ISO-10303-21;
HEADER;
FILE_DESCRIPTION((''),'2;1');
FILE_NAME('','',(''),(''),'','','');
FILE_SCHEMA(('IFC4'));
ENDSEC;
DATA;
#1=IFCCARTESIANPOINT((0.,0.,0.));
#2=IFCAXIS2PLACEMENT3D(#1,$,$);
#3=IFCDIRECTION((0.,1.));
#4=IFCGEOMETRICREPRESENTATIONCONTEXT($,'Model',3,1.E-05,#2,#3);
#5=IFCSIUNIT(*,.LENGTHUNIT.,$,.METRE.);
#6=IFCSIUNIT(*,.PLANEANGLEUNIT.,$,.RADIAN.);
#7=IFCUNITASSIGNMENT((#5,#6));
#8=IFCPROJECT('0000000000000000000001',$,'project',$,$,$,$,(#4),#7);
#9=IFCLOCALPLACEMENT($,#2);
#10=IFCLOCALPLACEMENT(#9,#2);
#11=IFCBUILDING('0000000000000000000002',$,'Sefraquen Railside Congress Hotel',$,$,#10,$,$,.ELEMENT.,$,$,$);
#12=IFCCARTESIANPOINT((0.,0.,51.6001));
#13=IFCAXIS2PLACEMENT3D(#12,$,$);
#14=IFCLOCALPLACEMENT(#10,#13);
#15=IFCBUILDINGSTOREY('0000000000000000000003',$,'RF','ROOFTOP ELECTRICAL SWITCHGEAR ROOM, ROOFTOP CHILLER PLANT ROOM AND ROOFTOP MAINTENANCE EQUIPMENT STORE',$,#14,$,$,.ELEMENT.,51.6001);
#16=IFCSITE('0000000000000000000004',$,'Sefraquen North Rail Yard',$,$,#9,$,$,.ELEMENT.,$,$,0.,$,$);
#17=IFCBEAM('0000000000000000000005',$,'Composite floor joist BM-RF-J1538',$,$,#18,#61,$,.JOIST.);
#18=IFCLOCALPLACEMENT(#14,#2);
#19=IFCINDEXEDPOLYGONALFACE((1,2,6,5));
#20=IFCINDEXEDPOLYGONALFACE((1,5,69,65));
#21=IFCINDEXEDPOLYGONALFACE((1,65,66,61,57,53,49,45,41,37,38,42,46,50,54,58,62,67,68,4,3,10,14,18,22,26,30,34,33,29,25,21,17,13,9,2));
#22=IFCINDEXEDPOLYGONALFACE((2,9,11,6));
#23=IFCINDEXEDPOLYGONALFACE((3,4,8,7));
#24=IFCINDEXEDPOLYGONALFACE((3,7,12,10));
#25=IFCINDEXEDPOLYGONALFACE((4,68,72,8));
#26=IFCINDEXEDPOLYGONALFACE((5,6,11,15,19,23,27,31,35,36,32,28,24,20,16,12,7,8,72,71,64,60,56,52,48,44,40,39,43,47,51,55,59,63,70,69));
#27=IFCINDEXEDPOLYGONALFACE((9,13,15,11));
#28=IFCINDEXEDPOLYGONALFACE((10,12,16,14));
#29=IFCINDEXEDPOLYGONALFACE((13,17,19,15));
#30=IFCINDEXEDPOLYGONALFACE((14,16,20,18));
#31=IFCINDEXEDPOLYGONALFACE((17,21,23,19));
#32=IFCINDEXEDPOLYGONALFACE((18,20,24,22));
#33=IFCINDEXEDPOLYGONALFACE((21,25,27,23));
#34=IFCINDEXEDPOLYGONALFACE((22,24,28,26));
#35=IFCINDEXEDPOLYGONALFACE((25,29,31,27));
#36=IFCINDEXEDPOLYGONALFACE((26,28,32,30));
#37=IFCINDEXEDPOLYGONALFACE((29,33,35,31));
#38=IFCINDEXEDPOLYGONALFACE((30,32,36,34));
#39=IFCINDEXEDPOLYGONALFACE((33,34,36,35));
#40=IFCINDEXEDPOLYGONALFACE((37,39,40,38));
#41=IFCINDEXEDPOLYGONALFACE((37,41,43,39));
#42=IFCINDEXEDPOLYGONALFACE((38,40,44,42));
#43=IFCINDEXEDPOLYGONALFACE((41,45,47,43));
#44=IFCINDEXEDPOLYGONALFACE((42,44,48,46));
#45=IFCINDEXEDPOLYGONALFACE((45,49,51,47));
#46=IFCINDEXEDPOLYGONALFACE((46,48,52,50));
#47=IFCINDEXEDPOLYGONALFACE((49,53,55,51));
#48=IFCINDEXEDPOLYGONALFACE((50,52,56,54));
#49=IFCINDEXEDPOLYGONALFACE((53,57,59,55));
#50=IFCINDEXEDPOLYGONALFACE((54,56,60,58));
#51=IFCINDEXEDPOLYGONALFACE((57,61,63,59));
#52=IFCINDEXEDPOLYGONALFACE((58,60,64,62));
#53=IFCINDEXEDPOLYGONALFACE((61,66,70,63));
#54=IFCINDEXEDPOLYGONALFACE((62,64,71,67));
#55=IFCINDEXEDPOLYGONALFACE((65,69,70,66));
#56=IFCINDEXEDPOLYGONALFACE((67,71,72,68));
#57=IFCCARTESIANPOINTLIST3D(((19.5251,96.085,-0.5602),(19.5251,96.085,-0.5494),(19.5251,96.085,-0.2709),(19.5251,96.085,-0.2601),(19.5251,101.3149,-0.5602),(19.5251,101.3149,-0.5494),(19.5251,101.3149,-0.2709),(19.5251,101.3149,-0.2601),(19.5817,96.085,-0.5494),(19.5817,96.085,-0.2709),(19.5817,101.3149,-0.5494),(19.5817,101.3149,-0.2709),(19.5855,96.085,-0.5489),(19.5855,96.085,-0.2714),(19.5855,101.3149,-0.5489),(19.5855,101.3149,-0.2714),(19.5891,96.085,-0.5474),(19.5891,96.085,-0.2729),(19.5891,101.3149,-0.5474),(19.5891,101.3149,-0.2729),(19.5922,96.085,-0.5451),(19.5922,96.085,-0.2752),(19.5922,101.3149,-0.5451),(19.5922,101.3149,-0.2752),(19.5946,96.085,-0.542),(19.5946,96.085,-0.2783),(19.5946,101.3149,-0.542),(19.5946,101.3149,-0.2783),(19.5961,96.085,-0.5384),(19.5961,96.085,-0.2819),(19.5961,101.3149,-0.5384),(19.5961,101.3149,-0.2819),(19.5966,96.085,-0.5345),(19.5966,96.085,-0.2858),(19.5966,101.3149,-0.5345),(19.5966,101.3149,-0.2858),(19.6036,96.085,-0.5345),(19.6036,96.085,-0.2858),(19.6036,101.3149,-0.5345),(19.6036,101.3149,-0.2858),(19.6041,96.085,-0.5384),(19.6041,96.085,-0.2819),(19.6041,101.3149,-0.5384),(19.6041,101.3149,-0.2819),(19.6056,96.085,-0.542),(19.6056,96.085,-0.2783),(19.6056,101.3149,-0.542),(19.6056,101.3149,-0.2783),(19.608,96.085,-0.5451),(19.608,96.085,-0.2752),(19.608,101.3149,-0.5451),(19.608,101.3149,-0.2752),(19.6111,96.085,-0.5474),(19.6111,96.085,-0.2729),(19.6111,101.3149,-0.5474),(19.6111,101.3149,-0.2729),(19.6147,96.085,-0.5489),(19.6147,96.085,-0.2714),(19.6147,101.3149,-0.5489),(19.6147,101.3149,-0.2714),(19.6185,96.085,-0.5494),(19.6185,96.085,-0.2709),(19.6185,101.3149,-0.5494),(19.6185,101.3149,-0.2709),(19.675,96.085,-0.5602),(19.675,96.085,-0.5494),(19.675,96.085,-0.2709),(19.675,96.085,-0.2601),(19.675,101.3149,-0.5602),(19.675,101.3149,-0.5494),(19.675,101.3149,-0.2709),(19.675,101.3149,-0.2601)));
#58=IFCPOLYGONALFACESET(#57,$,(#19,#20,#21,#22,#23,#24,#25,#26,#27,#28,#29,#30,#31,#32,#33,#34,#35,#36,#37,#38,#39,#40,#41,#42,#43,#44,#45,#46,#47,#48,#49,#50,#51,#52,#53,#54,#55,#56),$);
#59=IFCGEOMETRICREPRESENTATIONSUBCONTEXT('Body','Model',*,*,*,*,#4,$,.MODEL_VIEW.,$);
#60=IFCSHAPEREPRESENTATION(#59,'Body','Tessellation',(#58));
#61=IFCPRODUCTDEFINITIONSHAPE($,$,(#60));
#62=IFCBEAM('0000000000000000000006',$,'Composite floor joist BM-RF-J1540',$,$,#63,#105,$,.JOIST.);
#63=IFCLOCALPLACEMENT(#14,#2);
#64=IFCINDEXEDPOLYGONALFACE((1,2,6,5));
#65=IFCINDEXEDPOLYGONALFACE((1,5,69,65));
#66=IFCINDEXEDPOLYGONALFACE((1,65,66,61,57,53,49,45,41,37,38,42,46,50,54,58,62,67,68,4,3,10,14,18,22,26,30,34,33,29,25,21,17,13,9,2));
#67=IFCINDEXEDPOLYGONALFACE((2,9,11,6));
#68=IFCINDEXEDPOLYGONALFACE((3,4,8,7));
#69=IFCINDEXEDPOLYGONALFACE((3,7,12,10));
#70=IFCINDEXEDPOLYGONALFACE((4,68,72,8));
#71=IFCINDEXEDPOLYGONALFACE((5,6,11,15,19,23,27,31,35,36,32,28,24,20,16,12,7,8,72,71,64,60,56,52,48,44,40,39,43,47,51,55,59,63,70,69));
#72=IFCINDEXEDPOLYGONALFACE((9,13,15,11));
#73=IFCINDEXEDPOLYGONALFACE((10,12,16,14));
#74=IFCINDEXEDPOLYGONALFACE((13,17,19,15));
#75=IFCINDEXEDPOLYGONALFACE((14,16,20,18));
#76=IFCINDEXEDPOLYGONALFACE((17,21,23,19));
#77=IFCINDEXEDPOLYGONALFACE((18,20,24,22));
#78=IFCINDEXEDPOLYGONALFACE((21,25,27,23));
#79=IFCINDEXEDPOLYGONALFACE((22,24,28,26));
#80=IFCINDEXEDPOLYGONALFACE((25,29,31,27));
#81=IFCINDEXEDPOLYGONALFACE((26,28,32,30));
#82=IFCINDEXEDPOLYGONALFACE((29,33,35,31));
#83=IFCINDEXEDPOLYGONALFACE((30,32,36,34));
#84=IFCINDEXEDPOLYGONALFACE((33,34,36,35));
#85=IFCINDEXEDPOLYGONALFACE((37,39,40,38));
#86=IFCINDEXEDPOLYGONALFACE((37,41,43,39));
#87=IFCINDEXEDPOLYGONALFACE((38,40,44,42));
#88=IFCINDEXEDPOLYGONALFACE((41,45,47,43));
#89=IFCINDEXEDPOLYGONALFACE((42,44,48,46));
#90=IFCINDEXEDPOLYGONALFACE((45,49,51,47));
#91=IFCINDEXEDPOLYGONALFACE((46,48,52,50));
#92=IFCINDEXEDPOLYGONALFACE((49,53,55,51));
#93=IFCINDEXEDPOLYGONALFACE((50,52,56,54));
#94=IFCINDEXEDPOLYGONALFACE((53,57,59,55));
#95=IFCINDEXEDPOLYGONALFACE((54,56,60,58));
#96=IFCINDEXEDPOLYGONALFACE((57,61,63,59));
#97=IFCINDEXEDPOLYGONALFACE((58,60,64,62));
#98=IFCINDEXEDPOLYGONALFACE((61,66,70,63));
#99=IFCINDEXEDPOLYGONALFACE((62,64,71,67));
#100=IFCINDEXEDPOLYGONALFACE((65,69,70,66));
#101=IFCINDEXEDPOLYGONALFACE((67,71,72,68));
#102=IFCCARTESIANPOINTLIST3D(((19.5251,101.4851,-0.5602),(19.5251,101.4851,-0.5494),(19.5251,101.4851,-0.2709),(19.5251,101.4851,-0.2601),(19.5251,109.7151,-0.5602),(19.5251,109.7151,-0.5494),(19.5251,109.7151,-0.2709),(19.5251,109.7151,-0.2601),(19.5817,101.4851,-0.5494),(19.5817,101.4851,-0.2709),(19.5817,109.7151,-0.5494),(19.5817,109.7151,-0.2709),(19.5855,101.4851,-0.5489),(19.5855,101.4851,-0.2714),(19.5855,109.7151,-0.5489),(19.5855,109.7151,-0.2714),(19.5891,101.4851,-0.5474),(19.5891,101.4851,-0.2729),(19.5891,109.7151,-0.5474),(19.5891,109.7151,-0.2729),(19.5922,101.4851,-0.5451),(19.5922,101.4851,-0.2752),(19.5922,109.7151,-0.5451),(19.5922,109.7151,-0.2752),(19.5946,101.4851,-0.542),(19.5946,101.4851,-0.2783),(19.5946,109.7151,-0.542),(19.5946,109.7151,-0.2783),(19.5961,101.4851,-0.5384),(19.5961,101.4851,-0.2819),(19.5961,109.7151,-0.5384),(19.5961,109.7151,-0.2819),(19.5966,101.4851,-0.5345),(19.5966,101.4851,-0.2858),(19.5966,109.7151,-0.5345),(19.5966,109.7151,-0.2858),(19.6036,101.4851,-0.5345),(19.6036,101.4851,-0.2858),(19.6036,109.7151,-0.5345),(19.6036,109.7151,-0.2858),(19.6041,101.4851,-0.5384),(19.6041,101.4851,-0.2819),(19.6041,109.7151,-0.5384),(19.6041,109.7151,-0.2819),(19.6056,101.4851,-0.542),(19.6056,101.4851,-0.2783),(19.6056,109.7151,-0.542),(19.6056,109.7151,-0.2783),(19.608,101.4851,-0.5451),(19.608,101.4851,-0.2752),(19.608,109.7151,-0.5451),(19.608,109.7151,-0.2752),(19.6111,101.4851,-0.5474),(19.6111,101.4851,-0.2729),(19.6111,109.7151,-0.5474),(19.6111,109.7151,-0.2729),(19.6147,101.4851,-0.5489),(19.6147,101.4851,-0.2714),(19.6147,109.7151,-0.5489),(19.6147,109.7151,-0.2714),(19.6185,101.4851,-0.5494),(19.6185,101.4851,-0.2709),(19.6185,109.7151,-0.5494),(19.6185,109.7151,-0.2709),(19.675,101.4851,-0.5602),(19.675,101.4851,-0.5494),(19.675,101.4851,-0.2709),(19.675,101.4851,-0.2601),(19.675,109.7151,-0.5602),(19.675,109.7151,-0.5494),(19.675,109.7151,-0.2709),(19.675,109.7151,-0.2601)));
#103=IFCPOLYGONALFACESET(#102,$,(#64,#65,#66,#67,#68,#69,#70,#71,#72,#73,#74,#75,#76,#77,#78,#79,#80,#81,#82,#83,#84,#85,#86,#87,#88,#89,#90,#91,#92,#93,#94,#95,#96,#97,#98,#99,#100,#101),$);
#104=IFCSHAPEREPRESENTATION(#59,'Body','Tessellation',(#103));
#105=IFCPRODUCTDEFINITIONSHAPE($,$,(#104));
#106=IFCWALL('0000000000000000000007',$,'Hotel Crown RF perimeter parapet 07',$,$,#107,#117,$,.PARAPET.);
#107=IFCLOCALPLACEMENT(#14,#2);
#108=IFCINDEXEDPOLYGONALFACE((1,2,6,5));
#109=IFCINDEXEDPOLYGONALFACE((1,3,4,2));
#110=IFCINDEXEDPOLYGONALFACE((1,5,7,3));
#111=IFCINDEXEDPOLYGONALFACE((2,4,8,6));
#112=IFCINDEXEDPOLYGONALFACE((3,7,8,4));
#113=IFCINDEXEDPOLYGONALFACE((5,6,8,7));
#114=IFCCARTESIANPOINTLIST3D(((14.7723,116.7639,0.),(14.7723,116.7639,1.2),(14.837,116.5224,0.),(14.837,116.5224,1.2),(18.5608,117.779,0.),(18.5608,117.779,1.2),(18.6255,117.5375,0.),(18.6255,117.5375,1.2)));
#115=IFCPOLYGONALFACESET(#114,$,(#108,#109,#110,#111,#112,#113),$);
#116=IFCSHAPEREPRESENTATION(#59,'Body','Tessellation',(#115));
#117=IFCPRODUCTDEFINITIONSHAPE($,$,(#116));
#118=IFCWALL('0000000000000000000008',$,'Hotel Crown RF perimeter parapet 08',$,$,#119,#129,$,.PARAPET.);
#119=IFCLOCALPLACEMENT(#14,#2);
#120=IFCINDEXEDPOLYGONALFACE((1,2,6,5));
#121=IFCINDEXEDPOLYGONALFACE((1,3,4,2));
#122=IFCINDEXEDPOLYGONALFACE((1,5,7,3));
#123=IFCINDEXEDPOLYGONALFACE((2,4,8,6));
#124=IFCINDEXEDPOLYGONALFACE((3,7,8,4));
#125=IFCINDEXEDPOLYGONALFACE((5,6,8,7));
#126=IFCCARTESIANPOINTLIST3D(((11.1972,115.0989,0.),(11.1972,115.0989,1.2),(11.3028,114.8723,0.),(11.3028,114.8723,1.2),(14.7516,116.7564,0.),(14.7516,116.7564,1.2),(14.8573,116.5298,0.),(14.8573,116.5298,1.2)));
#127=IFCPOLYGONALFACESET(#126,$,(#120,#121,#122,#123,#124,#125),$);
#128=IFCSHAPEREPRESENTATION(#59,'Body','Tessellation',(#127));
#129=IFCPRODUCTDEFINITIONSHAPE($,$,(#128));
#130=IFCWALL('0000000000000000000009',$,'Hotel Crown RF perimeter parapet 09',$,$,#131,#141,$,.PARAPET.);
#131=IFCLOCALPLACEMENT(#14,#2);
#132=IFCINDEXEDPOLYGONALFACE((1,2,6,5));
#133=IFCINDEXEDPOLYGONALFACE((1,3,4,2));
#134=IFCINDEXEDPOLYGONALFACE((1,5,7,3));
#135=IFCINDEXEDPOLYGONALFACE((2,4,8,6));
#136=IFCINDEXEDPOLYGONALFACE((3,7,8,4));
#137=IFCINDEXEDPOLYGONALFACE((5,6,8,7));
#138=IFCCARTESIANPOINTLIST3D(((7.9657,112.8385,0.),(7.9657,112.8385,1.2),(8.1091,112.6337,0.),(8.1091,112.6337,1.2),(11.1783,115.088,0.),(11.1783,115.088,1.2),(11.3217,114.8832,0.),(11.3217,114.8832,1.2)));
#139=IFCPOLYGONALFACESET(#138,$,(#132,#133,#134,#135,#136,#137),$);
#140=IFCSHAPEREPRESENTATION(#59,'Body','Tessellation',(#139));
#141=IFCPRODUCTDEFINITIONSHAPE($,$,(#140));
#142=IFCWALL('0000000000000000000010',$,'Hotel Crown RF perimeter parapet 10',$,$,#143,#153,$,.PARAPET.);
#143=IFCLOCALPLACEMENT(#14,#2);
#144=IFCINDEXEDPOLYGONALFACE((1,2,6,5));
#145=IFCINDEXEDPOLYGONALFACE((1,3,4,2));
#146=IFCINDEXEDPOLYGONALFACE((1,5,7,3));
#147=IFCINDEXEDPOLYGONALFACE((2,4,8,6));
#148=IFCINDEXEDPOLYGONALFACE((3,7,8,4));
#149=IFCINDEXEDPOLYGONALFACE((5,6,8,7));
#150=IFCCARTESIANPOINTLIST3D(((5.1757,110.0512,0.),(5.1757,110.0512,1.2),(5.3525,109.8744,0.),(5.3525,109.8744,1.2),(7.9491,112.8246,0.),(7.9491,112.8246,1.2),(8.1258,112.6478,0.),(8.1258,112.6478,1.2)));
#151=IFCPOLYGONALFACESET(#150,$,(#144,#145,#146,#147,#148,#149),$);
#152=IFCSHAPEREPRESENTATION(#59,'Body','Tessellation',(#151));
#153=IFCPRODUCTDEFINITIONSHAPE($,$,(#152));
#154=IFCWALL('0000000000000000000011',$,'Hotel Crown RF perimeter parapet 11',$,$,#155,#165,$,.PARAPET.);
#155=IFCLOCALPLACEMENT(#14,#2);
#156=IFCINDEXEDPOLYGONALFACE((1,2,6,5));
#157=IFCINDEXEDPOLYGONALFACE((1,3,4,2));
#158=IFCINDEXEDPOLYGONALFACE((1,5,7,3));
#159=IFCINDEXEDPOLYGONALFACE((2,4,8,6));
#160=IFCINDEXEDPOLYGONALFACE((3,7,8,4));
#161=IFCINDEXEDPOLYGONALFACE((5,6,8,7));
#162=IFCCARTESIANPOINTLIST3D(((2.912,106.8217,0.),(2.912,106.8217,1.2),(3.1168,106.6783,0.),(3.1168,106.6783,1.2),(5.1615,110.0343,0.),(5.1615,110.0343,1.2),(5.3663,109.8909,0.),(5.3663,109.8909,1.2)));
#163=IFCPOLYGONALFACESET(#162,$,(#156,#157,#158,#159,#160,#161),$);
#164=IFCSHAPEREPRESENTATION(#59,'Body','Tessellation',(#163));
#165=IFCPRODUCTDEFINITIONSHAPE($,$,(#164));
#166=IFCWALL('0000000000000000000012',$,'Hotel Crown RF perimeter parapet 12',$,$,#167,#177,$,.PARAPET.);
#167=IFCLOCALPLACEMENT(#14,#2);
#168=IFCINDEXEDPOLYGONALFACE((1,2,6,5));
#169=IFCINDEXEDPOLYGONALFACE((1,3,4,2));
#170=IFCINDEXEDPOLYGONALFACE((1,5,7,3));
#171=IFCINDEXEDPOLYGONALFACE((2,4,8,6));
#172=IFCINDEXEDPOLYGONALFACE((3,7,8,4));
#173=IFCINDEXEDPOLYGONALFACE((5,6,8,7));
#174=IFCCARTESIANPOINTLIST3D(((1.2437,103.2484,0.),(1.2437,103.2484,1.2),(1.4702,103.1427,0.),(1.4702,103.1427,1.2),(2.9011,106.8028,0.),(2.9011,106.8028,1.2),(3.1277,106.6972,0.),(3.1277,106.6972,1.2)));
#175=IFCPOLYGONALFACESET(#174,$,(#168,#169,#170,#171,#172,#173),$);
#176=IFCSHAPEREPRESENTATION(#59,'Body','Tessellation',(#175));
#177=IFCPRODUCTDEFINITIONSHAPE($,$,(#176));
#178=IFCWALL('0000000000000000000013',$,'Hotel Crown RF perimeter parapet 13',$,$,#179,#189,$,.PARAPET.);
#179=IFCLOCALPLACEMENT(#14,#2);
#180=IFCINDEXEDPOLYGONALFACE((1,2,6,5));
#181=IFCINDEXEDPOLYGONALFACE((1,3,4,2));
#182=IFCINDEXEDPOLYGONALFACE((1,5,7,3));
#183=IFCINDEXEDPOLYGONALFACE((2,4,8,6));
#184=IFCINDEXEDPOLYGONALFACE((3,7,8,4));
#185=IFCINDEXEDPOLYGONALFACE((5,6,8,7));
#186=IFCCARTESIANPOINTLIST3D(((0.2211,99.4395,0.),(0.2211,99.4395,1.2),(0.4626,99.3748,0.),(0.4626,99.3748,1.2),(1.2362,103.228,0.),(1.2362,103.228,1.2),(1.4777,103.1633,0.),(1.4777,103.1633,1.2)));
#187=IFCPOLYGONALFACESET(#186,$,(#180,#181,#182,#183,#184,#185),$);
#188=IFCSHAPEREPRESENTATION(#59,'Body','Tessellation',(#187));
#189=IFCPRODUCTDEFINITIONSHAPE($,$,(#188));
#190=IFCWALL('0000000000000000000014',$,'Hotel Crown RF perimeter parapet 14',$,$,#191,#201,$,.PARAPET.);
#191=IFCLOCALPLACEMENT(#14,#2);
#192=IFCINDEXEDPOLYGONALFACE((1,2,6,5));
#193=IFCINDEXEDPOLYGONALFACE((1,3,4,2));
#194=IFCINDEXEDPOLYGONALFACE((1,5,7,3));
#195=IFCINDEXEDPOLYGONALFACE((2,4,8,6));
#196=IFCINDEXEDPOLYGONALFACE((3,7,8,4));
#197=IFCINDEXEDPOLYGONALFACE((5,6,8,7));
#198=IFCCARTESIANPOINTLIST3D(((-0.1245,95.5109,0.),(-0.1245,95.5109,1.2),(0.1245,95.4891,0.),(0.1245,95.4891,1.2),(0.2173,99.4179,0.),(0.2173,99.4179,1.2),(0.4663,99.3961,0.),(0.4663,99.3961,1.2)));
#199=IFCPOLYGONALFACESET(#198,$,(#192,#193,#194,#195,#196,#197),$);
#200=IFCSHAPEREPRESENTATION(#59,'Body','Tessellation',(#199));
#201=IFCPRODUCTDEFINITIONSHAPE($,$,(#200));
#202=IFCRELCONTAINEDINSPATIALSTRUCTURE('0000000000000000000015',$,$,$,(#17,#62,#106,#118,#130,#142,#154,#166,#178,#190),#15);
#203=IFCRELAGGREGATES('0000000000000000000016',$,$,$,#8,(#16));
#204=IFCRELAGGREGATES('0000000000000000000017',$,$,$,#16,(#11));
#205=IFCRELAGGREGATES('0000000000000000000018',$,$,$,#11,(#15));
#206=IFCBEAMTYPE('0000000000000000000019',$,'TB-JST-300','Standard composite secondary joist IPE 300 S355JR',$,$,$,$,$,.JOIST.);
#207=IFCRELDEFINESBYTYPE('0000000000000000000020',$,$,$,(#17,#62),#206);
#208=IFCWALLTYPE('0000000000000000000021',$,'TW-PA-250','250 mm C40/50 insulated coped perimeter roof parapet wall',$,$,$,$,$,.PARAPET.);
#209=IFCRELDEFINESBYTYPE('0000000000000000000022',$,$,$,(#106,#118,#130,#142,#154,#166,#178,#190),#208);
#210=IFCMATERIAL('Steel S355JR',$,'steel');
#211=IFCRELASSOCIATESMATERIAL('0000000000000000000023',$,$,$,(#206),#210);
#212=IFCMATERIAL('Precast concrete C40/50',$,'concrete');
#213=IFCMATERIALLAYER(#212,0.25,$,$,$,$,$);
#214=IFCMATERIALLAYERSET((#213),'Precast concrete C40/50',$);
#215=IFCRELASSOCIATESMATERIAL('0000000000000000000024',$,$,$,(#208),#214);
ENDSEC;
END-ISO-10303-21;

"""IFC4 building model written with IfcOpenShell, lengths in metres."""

from ifc_helpers import new_model, si_unit, direction, frame, frame_2d, origin, origin_2d, place, context, subcontext, project, spatial, rectangle, i_section, extrude, material, layer, layer_set, material_profile, profile_set, type_object, element, save


model = new_model("IFC4")

# Units and contexts
model_context = context("Model", 3, precision=1e-05, world=origin(), true_north=direction((0.0, 1.0)))
body_context = subcontext(model_context, "Body", "Model", "MODEL_VIEW")
ifc_project = project(units=[si_unit("LENGTHUNIT", "METRE"), si_unit("PLANEANGLEUNIT", "RADIAN")], contexts=[model_context])

# Site, building, storey
site_placement = place(None, origin())
site = spatial("IfcSite", under=ifc_project, at=site_placement, Name="Sefraquen North Rail Yard", CompositionType="ELEMENT", RefElevation=0.0)
building_placement = place(site_placement, origin())
building = spatial("IfcBuilding", under=site, at=building_placement, Name="Sefraquen Railside Congress Hotel", CompositionType="ELEMENT")
storey_placement = place(building_placement, frame((0.0, 0.0, 51.6001)))
storey = spatial("IfcBuildingStorey", under=building, at=storey_placement, Name="RF", Description="ROOFTOP ELECTRICAL SWITCHGEAR ROOM, ROOFTOP CHILLER PLANT ROOM AND ROOFTOP MAINTENANCE EQUIPMENT STORE", CompositionType="ELEMENT", Elevation=51.6001)

# Beams
ifc_material_1 = material(Name="Steel S355JR", Category="steel")
ifc_material_profile_1 = material_profile(ifc_material_1, i_section(OverallWidth=0.1499, OverallDepth=0.3, WebThickness=0.0071, FlangeThickness=0.0107, FilletRadius=0.0149, at=origin_2d()), Name="IPE 300")
ifc_profile_set_1 = profile_set([ifc_material_profile_1], Name="Steel S355JR")
beam_type_1 = type_object("IfcBeamType", Name="TB-JST-300", Description="Standard composite secondary joist IPE 300 S355JR", PredefinedType="JOIST", material=ifc_profile_set_1)
beam_1_placement = place(storey_placement, frame((19.6001, 96.085, -0.4102), z_axis=(0.0, 1.0, 0.0), x_axis=(-1.0, 0.0, 0.0)))
element("IfcBeam", 1, at=beam_1_placement, inside=storey, type_object=beam_type_1, Name="Composite floor joist BM-RF-J1538", PredefinedType="JOIST", context=body_context, shape_type="SweptSolid", body=[
    extrude(i_section(OverallWidth=0.1499, OverallDepth=0.3, WebThickness=0.0071, FlangeThickness=0.0107, FilletRadius=0.0149, at=origin_2d()), origin(), (0.0, 0.0, 1.0), 5.23),
])
beam_2_placement = place(storey_placement, frame((19.6001, 101.4851, -0.4102), z_axis=(0.0, 1.0, 0.0), x_axis=(-1.0, 0.0, 0.0)))
element("IfcBeam", 2, at=beam_2_placement, inside=storey, type_object=beam_type_1, Name="Composite floor joist BM-RF-J1540", PredefinedType="JOIST", context=body_context, shape_type="SweptSolid", body=[
    extrude(i_section(OverallWidth=0.1499, OverallDepth=0.3, WebThickness=0.0071, FlangeThickness=0.0107, FilletRadius=0.0149, at=origin_2d()), origin(), (0.0, 0.0, 1.0), 8.23),
])

# Walls
ifc_material_2 = material(Name="Precast concrete C40/50", Category="concrete")
ifc_layer = layer(ifc_material_2, 0.25)
ifc_layer_set = layer_set([ifc_layer], Name="Precast concrete C40/50")
wall_type = type_object("IfcWallType", Name="TW-PA-250", Description="250 mm C40/50 insulated coped perimeter roof parapet wall", PredefinedType="PARAPET", material=ifc_layer_set)
wall_1_placement = place(storey_placement, frame((18.593, 117.6582, 0.0), z_axis=(0.0, 0.0, 1.0), x_axis=(-0.965926, -0.258817, 0.0)))
element("IfcWall", 3, at=wall_1_placement, inside=storey, type_object=wall_type, Name="Hotel Crown RF perimeter parapet 07", PredefinedType="PARAPET", context=body_context, shape_type="SweptSolid", body=[
    extrude(rectangle(XDim=3.9221, YDim=0.25, at=frame_2d((1.9609, 0.0))), origin(), (0.0, 0.0, 1.0), 1.2),
])
for number, where, z_axis, x_axis, name in (
    (4, (14.8044, 116.6431, 0.0), (0.0, 0.0, 1.0), (-0.906307, -0.42262, 0.0), "Hotel Crown RF perimeter parapet 08"),
    (5, (11.25, 114.9856, 0.0), (0.0, 0.0, 1.0), (-0.819153, -0.573575, 0.0), "Hotel Crown RF perimeter parapet 09"),
):
    element("IfcWall", number, at=place(storey_placement, frame(where, z_axis=z_axis, x_axis=x_axis)), inside=storey, type_object=wall_type, Name=name, PredefinedType="PARAPET", context=body_context, shape_type="SweptSolid", body=[
        extrude(rectangle(XDim=3.9219, YDim=0.25, at=frame_2d((1.9609, 0.0))), origin(), (0.0, 0.0, 1.0), 1.2),
    ])
wall_2_placement = place(storey_placement, frame((8.0374, 112.7361, 0.0), z_axis=(0.0, 0.0, 1.0), x_axis=(-0.707107, -0.707107, 0.0)))
element("IfcWall", 6, at=wall_2_placement, inside=storey, type_object=wall_type, Name="Hotel Crown RF perimeter parapet 10", PredefinedType="PARAPET", context=body_context, shape_type="SweptSolid", body=[
    extrude(rectangle(XDim=3.9221, YDim=0.25, at=frame_2d((1.9609, 0.0))), origin(), (0.0, 0.0, 1.0), 1.2),
])
for number, where, z_axis, x_axis, name in (
    (7, (5.2639, 109.9626, 0.0), (0.0, 0.0, 1.0), (-0.573575, -0.819153, 0.0), "Hotel Crown RF perimeter parapet 11"),
    (8, (3.0144, 106.75, 0.0), (0.0, 0.0, 1.0), (-0.42262, -0.906307, 0.0), "Hotel Crown RF perimeter parapet 12"),
):
    element("IfcWall", number, at=place(storey_placement, frame(where, z_axis=z_axis, x_axis=x_axis)), inside=storey, type_object=wall_type, Name=name, PredefinedType="PARAPET", context=body_context, shape_type="SweptSolid", body=[
        extrude(rectangle(XDim=3.9219, YDim=0.25, at=frame_2d((1.9609, 0.0))), origin(), (0.0, 0.0, 1.0), 1.2),
    ])
wall_3_placement = place(storey_placement, frame((1.3569, 103.1956, 0.0), z_axis=(0.0, 0.0, 1.0), x_axis=(-0.258817, -0.965926, 0.0)))
element("IfcWall", 9, at=wall_3_placement, inside=storey, type_object=wall_type, Name="Hotel Crown RF perimeter parapet 13", PredefinedType="PARAPET", context=body_context, shape_type="SweptSolid", body=[
    extrude(rectangle(XDim=3.9221, YDim=0.25, at=frame_2d((1.9609, 0.0))), origin(), (0.0, 0.0, 1.0), 1.2),
])
wall_4_placement = place(storey_placement, frame((0.3418, 99.407, 0.0), z_axis=(0.0, 0.0, 1.0), x_axis=(-0.087151, -0.996195, 0.0)))
element("IfcWall", 10, at=wall_4_placement, inside=storey, type_object=wall_type, Name="Hotel Crown RF perimeter parapet 14", PredefinedType="PARAPET", context=body_context, shape_type="SweptSolid", body=[
    extrude(rectangle(XDim=3.9219, YDim=0.25, at=frame_2d((1.9609, 0.0))), origin(), (0.0, 0.0, 1.0), 1.2),
])

save(model, "model.ifc")
